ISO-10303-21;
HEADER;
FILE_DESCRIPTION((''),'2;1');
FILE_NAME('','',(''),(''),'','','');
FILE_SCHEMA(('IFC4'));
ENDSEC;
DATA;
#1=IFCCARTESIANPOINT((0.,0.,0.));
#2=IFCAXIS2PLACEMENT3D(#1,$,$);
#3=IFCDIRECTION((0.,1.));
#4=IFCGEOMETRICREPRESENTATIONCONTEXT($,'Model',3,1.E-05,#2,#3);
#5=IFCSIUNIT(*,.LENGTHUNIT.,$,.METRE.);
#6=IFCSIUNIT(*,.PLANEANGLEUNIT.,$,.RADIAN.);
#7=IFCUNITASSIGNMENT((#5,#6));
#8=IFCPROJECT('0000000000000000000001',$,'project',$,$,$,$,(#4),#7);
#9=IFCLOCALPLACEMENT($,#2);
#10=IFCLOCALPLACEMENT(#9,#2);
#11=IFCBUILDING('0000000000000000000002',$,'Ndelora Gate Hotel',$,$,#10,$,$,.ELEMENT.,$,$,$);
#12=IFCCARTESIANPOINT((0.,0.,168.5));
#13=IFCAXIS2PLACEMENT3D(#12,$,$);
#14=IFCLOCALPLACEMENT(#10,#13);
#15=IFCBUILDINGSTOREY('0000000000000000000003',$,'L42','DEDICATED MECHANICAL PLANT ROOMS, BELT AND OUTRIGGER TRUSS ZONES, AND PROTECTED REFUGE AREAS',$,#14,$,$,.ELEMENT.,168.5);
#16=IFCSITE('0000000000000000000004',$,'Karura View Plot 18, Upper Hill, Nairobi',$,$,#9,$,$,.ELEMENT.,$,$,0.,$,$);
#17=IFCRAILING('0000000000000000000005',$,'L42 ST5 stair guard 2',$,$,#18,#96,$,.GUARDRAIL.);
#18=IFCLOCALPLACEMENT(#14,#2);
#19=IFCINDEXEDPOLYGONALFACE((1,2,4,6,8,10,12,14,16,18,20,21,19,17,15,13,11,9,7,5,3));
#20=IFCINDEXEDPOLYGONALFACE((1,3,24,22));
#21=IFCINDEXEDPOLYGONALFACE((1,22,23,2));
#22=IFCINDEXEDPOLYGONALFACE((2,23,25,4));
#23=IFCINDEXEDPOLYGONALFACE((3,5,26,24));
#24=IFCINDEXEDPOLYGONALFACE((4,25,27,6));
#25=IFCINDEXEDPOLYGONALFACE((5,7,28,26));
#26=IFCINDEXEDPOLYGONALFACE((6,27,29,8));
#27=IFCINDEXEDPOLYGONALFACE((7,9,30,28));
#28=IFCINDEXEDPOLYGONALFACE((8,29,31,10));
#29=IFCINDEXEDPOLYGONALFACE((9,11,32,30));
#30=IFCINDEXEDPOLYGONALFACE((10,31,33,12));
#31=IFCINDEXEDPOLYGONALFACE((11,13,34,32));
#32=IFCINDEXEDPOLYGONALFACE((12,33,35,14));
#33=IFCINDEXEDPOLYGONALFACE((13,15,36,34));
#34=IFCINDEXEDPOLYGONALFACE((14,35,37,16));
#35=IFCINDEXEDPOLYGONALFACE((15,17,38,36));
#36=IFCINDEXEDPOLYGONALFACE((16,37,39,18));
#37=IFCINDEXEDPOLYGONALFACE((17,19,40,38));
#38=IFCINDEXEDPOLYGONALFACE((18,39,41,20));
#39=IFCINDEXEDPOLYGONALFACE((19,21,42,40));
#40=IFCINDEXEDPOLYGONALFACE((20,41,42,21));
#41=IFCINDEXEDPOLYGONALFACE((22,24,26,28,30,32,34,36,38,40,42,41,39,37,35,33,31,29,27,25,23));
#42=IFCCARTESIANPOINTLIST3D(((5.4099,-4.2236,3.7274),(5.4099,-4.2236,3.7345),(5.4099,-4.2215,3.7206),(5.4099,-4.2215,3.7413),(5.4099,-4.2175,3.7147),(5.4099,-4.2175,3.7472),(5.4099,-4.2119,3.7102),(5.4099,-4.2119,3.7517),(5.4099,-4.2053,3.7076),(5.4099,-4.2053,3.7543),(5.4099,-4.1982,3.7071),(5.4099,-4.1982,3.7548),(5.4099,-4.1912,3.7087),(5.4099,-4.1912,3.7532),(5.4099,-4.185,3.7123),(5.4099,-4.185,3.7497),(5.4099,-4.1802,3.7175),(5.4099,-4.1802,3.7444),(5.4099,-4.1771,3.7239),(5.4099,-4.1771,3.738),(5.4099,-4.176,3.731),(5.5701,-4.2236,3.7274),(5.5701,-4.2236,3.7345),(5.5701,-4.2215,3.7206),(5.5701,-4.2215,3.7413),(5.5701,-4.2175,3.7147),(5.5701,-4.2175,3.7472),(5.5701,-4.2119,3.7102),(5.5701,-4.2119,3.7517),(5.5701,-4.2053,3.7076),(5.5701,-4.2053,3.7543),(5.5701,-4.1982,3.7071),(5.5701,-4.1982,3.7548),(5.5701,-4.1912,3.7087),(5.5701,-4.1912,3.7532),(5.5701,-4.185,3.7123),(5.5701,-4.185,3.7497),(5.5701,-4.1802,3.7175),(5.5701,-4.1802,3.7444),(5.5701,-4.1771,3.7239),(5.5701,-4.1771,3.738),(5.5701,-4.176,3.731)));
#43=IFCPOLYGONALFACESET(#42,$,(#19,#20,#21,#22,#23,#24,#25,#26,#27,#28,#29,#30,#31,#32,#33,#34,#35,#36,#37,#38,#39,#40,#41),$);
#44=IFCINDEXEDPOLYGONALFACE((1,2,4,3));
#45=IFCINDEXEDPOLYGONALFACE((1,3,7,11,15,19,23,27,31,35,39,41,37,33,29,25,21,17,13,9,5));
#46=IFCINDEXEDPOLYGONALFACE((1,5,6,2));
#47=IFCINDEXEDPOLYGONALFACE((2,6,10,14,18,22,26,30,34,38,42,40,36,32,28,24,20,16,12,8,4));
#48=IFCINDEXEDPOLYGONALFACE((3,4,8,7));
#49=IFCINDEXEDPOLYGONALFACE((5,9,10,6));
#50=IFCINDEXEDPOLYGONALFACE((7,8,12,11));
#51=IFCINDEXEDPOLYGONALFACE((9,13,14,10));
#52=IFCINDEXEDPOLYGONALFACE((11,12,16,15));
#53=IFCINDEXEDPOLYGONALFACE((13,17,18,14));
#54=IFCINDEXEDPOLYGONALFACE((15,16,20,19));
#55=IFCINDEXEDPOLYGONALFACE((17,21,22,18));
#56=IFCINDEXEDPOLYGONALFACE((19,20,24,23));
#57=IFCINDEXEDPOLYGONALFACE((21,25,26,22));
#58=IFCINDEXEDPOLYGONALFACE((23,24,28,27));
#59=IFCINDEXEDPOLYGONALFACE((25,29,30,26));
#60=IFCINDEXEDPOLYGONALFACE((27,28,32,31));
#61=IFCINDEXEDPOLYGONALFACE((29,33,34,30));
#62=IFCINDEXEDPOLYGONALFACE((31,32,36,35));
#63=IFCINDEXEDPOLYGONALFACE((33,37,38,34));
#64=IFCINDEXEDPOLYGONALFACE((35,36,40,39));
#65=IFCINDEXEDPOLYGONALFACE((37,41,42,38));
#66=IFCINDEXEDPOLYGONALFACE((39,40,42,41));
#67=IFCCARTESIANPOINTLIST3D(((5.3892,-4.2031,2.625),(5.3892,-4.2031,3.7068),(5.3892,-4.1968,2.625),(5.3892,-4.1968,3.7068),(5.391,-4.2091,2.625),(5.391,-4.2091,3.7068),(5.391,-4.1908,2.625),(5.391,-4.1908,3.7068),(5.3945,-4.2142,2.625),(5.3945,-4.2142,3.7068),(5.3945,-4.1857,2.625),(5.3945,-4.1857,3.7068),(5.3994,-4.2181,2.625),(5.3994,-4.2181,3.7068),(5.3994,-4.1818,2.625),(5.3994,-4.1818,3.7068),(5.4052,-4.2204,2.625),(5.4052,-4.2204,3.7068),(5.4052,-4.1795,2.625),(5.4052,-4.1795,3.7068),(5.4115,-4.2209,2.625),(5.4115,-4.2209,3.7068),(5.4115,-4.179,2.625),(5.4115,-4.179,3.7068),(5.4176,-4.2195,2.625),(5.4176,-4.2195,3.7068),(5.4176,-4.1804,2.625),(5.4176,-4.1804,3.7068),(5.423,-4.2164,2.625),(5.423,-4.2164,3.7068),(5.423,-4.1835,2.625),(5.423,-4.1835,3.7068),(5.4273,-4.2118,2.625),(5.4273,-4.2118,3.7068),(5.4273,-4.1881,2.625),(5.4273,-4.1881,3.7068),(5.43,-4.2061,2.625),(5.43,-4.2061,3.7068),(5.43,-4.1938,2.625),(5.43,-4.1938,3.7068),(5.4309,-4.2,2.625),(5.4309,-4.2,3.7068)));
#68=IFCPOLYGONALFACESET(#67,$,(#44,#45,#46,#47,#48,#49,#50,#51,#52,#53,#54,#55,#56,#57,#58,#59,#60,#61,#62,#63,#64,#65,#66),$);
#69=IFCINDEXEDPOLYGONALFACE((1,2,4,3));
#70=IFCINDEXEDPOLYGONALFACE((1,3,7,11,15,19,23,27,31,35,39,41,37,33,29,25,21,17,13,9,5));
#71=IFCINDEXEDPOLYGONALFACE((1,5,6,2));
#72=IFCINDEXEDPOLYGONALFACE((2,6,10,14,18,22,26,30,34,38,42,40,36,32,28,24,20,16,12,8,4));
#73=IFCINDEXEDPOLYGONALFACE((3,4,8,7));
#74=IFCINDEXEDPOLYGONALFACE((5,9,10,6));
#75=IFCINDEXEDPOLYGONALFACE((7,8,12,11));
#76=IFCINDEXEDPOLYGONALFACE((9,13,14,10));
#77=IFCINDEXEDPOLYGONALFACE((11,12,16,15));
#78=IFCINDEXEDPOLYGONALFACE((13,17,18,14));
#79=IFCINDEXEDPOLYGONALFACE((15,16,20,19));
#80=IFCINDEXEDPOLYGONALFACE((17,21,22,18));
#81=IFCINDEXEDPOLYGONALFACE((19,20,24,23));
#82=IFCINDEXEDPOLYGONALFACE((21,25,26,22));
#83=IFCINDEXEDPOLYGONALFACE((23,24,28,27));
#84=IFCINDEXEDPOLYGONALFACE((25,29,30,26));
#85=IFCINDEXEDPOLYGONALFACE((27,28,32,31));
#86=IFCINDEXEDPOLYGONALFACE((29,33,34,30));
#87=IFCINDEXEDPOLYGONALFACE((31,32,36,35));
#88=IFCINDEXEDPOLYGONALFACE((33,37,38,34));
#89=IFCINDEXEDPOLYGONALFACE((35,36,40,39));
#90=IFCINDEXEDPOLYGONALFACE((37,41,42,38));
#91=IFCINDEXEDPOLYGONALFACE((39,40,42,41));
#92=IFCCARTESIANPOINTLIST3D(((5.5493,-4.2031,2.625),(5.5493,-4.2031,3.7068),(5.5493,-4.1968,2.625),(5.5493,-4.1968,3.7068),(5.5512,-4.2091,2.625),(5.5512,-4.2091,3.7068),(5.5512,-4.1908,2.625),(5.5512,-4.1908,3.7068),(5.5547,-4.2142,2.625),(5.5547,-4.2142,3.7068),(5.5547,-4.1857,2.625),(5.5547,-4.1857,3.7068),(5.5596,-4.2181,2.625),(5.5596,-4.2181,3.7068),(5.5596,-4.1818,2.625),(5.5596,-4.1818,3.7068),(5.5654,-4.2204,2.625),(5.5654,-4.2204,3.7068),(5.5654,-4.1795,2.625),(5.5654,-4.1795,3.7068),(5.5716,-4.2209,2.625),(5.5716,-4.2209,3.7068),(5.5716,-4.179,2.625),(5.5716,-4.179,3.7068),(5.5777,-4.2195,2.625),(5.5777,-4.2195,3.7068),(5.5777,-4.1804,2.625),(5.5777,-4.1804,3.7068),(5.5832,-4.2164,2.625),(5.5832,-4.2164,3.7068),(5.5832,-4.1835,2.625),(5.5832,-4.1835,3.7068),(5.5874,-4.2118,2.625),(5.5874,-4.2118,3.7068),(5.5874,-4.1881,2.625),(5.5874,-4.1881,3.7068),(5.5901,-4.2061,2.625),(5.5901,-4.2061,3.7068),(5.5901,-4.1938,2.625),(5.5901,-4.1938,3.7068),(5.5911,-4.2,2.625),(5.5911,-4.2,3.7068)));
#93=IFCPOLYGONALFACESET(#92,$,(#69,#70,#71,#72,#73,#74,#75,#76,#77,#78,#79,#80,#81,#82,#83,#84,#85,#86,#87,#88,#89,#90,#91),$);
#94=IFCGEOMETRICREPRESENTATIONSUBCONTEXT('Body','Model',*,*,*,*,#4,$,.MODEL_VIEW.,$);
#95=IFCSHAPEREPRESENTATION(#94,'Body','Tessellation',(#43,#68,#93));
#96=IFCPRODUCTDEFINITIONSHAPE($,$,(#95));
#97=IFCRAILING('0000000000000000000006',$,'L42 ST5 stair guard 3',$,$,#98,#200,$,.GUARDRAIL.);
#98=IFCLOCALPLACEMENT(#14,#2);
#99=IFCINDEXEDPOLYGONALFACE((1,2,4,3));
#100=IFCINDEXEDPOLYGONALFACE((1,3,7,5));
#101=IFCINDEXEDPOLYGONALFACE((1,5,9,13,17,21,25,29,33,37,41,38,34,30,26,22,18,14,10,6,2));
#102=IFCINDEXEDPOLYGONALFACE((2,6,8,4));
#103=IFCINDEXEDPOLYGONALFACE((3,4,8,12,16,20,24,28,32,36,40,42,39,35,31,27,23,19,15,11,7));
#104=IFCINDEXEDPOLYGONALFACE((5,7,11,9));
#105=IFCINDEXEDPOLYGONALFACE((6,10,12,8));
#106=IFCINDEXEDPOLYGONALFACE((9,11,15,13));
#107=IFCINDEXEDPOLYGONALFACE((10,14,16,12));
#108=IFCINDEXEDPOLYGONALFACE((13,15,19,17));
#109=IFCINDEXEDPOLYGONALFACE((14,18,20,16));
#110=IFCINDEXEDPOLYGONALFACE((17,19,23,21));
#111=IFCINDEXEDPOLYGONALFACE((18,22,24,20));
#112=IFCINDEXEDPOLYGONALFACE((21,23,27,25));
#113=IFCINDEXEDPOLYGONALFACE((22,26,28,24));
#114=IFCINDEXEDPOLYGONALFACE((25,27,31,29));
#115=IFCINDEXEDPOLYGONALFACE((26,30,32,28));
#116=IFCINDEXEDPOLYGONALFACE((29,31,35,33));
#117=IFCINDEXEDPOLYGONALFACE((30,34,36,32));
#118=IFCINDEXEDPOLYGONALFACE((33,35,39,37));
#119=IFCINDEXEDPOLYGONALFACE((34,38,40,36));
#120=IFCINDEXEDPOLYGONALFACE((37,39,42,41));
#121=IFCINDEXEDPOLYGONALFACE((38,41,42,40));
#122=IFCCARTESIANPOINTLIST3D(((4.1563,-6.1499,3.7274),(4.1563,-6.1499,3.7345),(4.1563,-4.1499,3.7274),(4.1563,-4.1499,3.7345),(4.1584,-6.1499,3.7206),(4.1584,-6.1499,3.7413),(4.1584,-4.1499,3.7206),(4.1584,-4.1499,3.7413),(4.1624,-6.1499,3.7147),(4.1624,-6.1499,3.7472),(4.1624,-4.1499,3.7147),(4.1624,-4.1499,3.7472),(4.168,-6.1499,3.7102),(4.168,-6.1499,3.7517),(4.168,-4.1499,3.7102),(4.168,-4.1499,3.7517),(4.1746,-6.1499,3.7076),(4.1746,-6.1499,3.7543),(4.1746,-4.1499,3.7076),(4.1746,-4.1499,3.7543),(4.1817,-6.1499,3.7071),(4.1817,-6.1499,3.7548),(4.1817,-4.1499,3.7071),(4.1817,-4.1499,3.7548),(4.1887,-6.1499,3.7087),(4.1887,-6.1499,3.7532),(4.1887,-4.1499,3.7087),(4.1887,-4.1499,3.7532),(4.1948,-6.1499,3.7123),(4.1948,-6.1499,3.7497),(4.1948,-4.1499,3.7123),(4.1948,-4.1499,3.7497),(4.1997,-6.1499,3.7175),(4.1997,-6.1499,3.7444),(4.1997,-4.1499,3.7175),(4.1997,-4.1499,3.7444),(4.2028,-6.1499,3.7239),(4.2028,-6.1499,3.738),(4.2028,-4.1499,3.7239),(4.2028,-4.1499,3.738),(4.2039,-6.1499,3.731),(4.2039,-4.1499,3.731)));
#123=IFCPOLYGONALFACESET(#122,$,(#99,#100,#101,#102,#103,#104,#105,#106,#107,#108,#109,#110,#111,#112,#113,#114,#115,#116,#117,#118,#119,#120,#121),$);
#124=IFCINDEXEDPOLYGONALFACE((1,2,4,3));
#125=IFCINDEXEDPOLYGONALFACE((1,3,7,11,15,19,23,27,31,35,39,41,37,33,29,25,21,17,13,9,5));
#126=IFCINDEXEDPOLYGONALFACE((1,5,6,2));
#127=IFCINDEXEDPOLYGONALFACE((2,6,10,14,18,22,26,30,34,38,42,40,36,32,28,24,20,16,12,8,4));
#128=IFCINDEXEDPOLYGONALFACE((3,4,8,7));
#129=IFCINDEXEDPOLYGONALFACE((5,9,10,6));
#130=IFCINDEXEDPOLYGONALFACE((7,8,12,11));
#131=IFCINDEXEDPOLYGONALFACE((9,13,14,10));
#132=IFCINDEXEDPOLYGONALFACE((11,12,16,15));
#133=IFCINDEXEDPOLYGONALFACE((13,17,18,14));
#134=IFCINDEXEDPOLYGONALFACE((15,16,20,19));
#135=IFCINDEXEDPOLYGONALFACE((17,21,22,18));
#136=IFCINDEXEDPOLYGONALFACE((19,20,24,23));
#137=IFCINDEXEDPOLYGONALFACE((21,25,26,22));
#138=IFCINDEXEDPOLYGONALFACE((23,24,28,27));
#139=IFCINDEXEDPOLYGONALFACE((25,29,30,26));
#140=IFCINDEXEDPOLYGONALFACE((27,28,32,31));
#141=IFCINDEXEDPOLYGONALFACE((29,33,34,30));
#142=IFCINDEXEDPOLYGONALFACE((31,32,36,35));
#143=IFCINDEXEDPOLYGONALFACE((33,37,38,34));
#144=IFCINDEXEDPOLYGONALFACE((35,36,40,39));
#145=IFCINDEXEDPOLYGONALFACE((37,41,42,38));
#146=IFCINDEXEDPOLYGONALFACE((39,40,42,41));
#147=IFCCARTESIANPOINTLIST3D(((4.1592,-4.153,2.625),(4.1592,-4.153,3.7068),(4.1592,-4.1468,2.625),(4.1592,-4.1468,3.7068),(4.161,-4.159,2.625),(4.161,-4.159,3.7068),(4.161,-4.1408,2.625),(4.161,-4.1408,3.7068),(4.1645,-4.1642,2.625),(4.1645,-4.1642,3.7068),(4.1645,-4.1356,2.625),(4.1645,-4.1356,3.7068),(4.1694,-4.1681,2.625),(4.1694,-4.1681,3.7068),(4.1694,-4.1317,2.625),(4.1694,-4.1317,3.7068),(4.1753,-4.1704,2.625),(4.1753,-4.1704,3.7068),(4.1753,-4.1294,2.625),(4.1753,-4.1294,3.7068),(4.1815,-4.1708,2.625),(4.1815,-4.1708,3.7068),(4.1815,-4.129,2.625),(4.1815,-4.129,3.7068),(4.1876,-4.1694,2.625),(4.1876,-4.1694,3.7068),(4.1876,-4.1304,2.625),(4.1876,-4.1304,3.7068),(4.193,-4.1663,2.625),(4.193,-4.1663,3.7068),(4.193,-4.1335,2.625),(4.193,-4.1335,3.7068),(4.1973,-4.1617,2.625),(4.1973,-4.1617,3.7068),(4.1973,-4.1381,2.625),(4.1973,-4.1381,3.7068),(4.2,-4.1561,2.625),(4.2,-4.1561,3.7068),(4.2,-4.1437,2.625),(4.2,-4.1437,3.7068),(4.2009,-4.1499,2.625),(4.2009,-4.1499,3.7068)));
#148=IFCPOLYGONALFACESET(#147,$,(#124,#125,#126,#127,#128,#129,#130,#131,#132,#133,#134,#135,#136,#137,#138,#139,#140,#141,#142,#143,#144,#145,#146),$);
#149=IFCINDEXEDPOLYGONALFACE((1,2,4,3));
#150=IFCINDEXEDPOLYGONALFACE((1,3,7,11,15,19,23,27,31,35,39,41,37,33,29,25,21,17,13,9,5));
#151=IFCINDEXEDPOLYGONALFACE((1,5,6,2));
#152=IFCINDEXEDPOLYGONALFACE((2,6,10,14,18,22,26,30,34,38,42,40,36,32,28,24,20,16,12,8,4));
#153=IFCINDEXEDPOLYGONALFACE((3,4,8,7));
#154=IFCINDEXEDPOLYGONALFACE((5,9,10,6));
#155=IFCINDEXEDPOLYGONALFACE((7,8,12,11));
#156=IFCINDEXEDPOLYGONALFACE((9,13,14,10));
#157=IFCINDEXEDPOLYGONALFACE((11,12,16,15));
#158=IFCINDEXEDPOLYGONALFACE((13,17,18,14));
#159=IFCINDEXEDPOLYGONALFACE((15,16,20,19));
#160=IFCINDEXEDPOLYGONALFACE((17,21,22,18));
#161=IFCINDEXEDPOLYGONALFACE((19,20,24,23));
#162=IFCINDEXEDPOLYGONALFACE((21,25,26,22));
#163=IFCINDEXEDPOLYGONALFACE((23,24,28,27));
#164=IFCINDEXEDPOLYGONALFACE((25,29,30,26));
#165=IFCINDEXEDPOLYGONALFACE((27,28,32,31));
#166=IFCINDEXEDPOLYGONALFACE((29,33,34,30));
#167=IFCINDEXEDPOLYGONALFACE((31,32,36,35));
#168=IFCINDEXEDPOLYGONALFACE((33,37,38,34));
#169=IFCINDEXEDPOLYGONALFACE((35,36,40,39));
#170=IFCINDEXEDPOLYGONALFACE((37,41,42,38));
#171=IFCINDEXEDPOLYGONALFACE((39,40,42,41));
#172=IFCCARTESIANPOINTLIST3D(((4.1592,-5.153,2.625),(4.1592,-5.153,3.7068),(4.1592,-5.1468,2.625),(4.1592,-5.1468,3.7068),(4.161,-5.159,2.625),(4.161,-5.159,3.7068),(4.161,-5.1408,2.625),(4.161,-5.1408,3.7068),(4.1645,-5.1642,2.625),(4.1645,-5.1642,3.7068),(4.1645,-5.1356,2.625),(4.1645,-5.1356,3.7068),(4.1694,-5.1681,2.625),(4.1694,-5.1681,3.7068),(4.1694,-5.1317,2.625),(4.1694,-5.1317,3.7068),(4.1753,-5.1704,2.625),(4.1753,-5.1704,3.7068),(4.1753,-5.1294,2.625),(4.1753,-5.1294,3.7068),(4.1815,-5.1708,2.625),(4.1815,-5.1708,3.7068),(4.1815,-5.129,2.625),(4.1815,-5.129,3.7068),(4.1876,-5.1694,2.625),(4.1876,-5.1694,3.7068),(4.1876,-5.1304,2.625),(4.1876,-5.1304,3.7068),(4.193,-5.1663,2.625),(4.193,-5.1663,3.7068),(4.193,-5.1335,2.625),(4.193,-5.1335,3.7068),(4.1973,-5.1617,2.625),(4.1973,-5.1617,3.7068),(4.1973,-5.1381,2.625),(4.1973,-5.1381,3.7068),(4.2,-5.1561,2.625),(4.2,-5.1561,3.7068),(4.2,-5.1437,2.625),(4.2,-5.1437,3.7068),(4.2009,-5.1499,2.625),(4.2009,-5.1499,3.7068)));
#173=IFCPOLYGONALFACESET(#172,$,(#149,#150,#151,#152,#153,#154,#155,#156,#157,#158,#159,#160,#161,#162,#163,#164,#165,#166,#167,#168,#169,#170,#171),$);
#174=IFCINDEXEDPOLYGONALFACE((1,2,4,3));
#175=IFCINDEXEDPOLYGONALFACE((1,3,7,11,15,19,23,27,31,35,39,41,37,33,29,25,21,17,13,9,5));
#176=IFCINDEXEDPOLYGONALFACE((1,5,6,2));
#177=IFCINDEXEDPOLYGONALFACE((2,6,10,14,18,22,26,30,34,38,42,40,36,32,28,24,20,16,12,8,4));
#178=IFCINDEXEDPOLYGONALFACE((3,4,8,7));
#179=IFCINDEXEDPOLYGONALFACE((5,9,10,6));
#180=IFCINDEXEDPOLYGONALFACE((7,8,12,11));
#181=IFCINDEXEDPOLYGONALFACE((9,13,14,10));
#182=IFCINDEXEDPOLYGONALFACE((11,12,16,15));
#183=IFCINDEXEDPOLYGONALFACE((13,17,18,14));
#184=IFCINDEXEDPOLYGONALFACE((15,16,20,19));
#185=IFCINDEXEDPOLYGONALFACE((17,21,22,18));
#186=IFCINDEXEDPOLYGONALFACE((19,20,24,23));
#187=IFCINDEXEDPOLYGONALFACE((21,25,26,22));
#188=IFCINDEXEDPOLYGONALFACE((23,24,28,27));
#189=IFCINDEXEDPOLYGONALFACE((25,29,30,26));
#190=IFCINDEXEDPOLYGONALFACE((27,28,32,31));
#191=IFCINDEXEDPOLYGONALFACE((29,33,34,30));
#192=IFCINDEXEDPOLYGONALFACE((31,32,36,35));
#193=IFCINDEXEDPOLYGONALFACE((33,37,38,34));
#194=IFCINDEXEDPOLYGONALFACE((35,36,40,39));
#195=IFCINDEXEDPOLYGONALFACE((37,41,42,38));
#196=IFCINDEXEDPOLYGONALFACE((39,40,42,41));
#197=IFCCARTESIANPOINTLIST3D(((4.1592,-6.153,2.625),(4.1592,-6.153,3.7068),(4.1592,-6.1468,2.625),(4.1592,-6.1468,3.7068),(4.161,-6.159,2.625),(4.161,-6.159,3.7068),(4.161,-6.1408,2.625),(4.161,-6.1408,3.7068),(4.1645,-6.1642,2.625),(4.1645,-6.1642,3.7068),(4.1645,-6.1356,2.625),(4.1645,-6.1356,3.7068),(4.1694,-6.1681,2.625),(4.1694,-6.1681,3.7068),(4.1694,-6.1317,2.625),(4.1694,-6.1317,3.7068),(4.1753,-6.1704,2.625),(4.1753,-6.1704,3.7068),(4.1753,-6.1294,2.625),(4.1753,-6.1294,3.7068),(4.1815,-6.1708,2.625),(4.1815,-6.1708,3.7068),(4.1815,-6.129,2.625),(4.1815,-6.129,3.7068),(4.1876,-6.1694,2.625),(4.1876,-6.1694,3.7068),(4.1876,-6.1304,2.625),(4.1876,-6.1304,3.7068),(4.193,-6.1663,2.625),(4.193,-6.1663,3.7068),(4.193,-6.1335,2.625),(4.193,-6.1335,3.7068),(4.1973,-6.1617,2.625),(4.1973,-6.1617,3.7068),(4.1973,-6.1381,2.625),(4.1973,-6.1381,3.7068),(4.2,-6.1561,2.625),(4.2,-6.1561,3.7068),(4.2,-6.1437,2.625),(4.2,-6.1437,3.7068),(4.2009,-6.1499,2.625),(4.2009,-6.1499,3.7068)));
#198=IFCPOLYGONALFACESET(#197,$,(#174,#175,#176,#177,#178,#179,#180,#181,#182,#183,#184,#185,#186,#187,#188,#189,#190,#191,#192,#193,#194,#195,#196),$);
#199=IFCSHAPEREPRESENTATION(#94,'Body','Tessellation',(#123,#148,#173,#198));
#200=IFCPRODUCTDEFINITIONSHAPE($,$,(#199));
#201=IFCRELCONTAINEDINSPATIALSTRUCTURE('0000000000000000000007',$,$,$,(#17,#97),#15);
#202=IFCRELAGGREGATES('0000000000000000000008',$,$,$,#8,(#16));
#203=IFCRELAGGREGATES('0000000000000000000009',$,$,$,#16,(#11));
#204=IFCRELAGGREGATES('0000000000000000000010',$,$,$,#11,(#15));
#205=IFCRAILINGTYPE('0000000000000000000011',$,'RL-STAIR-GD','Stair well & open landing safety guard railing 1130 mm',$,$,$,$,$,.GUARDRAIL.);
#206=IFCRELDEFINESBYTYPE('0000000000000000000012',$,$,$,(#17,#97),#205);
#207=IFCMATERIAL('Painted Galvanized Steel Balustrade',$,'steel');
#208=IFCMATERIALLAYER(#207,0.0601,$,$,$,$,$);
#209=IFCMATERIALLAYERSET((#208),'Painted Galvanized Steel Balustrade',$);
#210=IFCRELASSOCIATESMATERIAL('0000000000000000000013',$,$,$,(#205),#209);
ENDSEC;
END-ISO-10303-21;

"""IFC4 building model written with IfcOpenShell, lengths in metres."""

from ifc_helpers import new_model, si_unit, direction, frame, origin, origin_2d, place, context, subcontext, project, spatial, circle, extrude, material, layer, layer_set, type_object, element, save


model = new_model("IFC4")

# Units and contexts
model_context = context("Model", 3, precision=1e-05, world=origin(), true_north=direction((0.0, 1.0)))
body_context = subcontext(model_context, "Body", "Model", "MODEL_VIEW")
ifc_project = project(units=[si_unit("LENGTHUNIT", "METRE"), si_unit("PLANEANGLEUNIT", "RADIAN")], contexts=[model_context])

# Site, building, storey
site_placement = place(None, origin())
site = spatial("IfcSite", under=ifc_project, at=site_placement, Name="Karura View Plot 18, Upper Hill, Nairobi", CompositionType="ELEMENT", RefElevation=0.0)
building_placement = place(site_placement, origin())
building = spatial("IfcBuilding", under=site, at=building_placement, Name="Ndelora Gate Hotel", CompositionType="ELEMENT")
storey_placement = place(building_placement, frame((0.0, 0.0, 168.5)))
storey = spatial("IfcBuildingStorey", under=building, at=storey_placement, Name="L42", Description="DEDICATED MECHANICAL PLANT ROOMS, BELT AND OUTRIGGER TRUSS ZONES, AND PROTECTED REFUGE AREAS", CompositionType="ELEMENT", Elevation=168.5)

# Railings
ifc_material_1 = material(Name="Painted Galvanized Steel Balustrade", Category="steel")
ifc_layer_1 = layer(ifc_material_1, 0.0601)
ifc_layer_set_1 = layer_set([ifc_layer_1], Name="Painted Galvanized Steel Balustrade")
railing_type_1 = type_object("IfcRailingType", Name="RL-STAIR-GD", Description="Stair well & open landing safety guard railing 1130 mm", PredefinedType="GUARDRAIL", material=ifc_layer_set_1)
railing_1_placement = place(storey_placement, frame((5.4099, -4.2, 2.625)))
element("IfcRailing", 1, at=railing_1_placement, inside=storey, type_object=railing_type_1, Name="L42 ST5 stair guard 2", PredefinedType="GUARDRAIL", context=body_context, shape_type="SweptSolid", body=[
    extrude(circle(Radius=0.0239, at=origin_2d()), frame((0.0, 0.0, 1.106), z_axis=(1.0, 0.0, 0.0), x_axis=(0.0, 1.0, 0.0)), (0.0, 0.0, 1.0), 0.1602),
    extrude(circle(Radius=0.021, at=origin_2d()), origin(), (0.0, 0.0, 1.0), 1.0818),
    extrude(circle(Radius=0.021, at=origin_2d()), frame((0.1602, 0.0, 0.0)), (0.0, 0.0, 1.0), 1.0818),
])
for number, where, name in (
    (2, (4.1799, -4.1499, 2.625), "L42 ST5 stair guard 3"),
):
    element("IfcRailing", number, at=place(storey_placement, frame(where)), inside=storey, type_object=railing_type_1, Name=name, PredefinedType="GUARDRAIL", context=body_context, shape_type="SweptSolid", body=[
        extrude(circle(Radius=0.0239, at=origin_2d()), frame((0.0, 0.0, 1.106), z_axis=(0.0, -1.0, 0.0), x_axis=(1.0, 0.0, 0.0)), (0.0, 0.0, 1.0), 2.0),
        extrude(circle(Radius=0.021, at=origin_2d()), origin(), (0.0, 0.0, 1.0), 1.0818),
        extrude(circle(Radius=0.021, at=origin_2d()), frame((0.0, -1.0, 0.0)), (0.0, 0.0, 1.0), 1.0818),
        extrude(circle(Radius=0.021, at=origin_2d()), frame((0.0, -2.0, 0.0)), (0.0, 0.0, 1.0), 1.0818),
    ])

save(model, "model.ifc")
